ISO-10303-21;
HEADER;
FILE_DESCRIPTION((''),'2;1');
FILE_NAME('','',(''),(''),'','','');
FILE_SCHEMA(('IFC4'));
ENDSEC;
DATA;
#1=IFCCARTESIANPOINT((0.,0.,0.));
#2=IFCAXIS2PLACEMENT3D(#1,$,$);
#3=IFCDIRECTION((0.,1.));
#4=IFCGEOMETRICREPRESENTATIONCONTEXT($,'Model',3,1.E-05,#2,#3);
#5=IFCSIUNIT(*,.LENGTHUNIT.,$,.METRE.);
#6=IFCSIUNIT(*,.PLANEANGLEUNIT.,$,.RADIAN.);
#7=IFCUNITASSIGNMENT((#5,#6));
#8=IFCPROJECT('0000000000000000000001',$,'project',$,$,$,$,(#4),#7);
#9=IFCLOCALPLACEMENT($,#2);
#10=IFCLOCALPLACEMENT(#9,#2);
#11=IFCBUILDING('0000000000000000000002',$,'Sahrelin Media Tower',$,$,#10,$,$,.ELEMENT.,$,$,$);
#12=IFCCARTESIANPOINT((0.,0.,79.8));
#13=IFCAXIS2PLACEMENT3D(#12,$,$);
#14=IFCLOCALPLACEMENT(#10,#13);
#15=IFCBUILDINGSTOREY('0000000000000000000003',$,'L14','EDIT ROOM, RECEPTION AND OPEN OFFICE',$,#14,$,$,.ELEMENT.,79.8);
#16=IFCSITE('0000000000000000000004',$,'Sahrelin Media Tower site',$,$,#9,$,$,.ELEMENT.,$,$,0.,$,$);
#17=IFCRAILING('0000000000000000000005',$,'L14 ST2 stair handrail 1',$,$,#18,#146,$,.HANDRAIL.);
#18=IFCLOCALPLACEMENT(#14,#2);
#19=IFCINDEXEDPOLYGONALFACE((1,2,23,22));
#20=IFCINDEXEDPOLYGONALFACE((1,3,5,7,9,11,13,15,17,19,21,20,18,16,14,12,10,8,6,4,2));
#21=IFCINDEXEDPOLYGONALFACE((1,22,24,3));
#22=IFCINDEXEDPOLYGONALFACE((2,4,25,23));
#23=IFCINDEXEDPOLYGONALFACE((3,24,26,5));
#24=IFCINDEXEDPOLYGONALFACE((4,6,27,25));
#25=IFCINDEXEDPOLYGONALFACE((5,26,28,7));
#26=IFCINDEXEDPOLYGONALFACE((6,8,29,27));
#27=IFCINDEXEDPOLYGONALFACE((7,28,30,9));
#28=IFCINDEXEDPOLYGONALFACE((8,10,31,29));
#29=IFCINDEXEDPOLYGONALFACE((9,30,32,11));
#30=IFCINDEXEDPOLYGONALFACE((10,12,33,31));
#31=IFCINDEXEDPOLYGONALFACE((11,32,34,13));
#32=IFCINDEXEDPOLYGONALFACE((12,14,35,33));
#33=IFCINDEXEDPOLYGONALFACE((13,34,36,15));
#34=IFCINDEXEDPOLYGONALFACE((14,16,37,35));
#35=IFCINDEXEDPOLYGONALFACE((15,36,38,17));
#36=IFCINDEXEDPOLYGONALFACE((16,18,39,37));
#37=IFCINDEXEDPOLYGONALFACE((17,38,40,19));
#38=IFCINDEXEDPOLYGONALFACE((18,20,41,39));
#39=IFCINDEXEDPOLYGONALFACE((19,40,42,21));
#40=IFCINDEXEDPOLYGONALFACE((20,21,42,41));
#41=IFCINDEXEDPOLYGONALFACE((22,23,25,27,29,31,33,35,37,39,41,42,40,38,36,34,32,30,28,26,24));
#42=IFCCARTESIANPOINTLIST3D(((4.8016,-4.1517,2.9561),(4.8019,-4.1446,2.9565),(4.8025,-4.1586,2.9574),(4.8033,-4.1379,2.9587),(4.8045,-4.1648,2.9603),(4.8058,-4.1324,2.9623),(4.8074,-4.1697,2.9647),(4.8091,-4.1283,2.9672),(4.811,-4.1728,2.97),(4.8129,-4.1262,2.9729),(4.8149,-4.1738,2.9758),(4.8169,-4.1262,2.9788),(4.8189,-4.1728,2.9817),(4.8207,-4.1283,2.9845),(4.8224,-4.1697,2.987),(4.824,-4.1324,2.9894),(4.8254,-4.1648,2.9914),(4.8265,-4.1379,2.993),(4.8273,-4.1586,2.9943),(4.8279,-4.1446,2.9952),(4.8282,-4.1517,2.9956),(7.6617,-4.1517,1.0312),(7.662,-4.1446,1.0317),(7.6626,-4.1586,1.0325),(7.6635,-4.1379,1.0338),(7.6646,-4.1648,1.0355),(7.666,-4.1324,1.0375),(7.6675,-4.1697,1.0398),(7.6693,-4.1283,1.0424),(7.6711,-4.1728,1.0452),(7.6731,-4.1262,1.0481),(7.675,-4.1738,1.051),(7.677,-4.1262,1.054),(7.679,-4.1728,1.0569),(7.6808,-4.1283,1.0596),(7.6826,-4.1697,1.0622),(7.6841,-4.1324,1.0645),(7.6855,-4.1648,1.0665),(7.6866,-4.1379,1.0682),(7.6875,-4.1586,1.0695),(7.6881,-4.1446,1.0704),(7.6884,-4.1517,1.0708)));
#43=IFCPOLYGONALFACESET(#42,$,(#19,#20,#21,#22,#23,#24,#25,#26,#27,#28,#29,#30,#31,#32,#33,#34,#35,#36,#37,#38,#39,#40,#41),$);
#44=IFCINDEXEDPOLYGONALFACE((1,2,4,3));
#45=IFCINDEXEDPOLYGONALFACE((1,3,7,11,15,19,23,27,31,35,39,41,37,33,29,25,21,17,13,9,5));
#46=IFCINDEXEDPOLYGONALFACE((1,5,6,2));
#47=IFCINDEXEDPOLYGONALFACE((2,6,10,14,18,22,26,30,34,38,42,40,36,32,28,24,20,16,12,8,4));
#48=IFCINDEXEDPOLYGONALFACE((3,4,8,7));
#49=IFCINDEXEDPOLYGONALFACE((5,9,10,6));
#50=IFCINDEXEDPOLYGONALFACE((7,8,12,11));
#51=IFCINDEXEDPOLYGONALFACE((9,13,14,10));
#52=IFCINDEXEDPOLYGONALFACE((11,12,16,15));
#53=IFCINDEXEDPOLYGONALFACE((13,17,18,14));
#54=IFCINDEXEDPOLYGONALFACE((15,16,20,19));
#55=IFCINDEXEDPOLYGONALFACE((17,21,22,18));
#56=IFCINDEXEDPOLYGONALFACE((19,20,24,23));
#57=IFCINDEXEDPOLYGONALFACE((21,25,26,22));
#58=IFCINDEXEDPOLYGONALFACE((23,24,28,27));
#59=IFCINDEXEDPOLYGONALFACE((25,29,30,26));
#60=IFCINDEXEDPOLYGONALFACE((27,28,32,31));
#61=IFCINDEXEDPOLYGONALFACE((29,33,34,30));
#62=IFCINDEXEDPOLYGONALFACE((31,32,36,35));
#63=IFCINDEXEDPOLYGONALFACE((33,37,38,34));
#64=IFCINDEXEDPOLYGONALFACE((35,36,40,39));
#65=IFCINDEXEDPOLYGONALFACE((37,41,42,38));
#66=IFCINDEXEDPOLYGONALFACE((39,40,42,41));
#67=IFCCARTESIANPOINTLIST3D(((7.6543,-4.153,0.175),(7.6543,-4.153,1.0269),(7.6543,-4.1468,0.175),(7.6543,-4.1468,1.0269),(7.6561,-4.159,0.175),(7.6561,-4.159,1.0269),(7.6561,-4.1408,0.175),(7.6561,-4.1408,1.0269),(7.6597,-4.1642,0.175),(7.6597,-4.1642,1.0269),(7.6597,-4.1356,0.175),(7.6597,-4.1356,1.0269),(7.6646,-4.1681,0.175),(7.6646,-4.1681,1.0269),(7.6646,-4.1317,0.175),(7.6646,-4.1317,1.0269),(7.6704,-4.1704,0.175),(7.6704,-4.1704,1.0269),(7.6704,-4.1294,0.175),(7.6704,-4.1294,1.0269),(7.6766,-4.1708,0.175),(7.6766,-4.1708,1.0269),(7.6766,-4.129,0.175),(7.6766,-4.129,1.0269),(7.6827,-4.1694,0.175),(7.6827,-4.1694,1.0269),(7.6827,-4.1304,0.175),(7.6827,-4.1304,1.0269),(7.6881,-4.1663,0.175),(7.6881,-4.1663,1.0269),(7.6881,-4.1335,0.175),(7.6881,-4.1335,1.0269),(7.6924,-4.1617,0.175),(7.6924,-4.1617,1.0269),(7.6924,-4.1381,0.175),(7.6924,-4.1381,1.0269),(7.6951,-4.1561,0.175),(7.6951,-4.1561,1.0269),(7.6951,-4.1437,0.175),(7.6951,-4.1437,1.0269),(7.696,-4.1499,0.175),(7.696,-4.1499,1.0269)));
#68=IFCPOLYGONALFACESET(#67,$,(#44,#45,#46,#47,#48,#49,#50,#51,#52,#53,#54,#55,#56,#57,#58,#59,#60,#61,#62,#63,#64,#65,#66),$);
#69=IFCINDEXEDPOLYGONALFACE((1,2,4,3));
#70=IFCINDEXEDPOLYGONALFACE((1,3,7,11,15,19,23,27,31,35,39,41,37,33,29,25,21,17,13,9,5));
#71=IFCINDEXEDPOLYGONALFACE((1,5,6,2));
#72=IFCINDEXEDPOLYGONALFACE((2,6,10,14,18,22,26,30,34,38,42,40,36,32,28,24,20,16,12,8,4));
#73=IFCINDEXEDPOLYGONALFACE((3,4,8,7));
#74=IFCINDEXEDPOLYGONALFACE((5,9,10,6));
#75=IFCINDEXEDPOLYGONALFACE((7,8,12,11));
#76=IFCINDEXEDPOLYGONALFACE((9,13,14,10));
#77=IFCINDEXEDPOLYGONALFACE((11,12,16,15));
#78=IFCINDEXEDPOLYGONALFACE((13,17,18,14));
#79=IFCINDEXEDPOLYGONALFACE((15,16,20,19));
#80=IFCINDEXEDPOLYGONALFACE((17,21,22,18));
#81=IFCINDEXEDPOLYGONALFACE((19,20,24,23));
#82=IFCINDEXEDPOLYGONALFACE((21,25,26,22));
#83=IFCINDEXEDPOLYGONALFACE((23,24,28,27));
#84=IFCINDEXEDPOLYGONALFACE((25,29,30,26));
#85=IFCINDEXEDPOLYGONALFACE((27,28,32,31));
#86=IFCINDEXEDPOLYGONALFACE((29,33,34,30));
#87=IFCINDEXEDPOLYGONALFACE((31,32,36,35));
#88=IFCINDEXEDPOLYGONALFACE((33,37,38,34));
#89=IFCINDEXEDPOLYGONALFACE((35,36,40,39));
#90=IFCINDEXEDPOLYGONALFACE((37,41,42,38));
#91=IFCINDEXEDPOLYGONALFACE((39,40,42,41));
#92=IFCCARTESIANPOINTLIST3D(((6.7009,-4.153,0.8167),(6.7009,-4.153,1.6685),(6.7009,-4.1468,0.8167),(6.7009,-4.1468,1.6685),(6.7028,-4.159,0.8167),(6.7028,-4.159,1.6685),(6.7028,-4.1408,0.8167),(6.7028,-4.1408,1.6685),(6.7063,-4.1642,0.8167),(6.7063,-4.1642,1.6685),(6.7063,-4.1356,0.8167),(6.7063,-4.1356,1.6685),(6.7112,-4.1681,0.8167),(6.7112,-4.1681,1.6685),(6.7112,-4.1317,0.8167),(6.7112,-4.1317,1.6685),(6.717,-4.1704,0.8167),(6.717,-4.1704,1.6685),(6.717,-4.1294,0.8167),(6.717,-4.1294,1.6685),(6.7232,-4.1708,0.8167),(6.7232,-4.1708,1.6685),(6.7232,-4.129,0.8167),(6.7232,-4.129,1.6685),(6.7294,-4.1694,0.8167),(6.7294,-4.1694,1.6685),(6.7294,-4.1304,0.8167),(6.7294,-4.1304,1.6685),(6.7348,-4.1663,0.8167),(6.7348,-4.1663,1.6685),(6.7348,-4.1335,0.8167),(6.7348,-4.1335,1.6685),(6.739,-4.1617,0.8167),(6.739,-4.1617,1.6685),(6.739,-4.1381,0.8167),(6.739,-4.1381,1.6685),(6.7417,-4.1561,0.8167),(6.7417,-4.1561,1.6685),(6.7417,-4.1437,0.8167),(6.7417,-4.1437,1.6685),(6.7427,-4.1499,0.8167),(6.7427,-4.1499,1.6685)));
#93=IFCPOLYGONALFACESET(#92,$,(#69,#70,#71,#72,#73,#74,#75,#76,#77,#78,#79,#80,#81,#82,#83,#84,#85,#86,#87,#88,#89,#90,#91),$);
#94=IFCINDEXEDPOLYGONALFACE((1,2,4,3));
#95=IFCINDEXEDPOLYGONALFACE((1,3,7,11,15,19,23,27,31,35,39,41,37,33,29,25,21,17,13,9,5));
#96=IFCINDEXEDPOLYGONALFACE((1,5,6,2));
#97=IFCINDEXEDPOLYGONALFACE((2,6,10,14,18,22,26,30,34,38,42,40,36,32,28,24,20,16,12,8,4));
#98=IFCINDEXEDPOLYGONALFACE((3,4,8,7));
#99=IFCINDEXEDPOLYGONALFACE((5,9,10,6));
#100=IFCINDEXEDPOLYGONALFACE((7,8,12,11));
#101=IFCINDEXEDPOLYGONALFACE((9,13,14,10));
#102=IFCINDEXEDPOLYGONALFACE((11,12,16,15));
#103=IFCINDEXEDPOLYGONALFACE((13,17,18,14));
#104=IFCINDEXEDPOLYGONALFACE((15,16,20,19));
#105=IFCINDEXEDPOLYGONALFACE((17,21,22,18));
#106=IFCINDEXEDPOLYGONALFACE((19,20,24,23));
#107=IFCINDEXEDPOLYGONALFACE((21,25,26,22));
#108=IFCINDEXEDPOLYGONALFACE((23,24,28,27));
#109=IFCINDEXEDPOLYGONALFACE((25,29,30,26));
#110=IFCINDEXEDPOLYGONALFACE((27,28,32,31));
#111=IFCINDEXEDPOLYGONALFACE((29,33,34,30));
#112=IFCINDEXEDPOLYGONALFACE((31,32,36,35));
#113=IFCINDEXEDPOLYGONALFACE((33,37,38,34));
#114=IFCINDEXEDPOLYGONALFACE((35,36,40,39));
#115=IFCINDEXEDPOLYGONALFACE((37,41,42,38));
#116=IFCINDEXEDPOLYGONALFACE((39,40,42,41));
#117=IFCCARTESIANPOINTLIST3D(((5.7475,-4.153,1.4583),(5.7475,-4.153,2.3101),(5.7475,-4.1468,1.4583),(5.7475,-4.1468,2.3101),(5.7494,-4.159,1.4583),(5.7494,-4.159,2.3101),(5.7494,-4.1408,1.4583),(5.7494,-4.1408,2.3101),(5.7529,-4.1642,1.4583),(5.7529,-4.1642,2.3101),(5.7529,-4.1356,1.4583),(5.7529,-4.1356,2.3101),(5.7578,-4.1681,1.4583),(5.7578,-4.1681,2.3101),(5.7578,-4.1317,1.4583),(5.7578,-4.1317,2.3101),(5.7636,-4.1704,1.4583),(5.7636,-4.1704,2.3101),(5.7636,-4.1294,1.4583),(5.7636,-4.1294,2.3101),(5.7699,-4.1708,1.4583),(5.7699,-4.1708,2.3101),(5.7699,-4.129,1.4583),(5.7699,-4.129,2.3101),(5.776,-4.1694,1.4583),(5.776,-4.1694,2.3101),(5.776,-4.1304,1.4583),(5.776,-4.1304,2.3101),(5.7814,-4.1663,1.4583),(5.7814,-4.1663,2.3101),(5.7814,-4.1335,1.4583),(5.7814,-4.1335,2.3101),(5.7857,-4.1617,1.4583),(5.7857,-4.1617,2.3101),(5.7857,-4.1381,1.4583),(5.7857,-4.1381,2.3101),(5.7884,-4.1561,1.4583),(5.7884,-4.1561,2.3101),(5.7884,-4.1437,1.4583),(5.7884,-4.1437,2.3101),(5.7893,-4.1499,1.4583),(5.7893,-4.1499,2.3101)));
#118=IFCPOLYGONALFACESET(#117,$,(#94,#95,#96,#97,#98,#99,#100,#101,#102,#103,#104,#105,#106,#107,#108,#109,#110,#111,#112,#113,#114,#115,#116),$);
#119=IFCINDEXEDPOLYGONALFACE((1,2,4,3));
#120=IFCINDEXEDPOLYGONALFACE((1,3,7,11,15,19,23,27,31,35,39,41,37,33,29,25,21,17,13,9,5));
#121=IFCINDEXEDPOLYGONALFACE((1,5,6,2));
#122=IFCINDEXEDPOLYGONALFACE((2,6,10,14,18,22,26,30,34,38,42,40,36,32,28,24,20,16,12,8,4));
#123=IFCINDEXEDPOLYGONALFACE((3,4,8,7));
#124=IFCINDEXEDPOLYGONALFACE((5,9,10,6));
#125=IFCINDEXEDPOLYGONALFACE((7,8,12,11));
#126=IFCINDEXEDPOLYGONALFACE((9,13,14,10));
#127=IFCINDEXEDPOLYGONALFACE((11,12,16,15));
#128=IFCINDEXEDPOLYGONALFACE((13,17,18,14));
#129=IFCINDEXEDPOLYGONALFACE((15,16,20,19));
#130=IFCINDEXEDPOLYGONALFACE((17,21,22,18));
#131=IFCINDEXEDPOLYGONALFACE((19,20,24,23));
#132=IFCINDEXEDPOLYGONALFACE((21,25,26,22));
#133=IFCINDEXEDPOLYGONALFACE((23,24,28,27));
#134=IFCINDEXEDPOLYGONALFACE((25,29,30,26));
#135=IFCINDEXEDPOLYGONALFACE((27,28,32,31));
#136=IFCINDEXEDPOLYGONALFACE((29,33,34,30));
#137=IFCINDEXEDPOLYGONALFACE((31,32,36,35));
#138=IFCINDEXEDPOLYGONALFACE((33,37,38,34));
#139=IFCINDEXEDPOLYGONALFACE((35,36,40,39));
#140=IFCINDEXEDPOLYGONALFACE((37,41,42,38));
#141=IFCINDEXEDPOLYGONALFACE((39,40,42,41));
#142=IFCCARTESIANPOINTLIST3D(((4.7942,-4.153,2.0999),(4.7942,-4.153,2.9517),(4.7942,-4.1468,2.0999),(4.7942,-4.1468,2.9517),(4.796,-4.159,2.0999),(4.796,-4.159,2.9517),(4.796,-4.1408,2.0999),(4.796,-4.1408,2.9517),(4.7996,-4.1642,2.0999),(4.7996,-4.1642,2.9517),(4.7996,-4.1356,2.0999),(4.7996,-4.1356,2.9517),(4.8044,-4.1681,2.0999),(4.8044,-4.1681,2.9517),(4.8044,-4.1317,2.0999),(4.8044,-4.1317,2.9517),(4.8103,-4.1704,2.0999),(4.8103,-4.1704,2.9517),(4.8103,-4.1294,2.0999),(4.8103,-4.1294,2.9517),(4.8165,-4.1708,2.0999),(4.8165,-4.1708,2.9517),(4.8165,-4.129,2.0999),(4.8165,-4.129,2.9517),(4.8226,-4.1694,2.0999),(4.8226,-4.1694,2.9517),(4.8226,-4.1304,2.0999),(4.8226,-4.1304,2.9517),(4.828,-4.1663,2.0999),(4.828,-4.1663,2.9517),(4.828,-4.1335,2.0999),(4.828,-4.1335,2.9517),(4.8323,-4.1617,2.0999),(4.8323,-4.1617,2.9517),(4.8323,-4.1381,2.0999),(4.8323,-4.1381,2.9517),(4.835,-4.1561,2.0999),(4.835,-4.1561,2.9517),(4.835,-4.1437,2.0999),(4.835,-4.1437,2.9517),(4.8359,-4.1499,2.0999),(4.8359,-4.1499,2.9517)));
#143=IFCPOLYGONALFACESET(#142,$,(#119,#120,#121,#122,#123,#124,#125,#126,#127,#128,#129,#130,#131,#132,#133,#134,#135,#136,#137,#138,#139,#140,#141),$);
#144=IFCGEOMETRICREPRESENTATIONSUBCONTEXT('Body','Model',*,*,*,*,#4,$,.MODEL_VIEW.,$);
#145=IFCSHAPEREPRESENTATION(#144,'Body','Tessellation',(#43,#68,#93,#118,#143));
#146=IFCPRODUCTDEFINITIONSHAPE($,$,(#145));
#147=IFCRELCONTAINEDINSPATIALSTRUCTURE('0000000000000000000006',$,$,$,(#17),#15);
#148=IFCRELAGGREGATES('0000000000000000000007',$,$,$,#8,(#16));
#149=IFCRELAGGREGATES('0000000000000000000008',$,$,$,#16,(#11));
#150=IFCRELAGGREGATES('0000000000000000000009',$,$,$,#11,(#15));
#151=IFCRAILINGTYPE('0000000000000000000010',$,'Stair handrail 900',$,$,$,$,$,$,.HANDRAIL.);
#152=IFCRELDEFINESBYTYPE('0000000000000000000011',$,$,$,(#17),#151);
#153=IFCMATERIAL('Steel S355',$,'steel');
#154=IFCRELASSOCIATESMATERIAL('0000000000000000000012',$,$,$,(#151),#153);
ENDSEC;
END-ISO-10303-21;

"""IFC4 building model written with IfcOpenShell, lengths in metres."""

from ifc_helpers import new_model, si_unit, direction, frame, origin, origin_2d, place, context, subcontext, project, spatial, circle, extrude, material, type_object, element, save


model = new_model("IFC4")

# Units and contexts
model_context = context("Model", 3, precision=1e-05, world=origin(), true_north=direction((0.0, 1.0)))
body_context = subcontext(model_context, "Body", "Model", "MODEL_VIEW")
ifc_project = project(units=[si_unit("LENGTHUNIT", "METRE"), si_unit("PLANEANGLEUNIT", "RADIAN")], contexts=[model_context])

# Site, building, storey
site_placement = place(None, origin())
site = spatial("IfcSite", under=ifc_project, at=site_placement, Name="Sahrelin Media Tower site", CompositionType="ELEMENT", RefElevation=0.0)
building_placement = place(site_placement, origin())
building = spatial("IfcBuilding", under=site, at=building_placement, Name="Sahrelin Media Tower", CompositionType="ELEMENT")
storey_placement = place(building_placement, frame((0.0, 0.0, 79.8)))
storey = spatial("IfcBuildingStorey", under=building, at=storey_placement, Name="L14", Description="EDIT ROOM, RECEPTION AND OPEN OFFICE", CompositionType="ELEMENT", Elevation=79.8)

# Railing
ifc_material_1 = material(Name="Steel S355", Category="steel")
railing_type_1 = type_object("IfcRailingType", Name="Stair handrail 900", PredefinedType="HANDRAIL", material=ifc_material_1)
railing_1_placement = place(storey_placement, frame((7.675, -4.1499, 0.175)))
element("IfcRailing", 1, at=railing_1_placement, inside=storey, type_object=railing_type_1, Name="L14 ST2 stair handrail 1", PredefinedType="HANDRAIL", context=body_context, shape_type="SweptSolid", body=[
    extrude(circle(Radius=0.0239, at=origin_2d()), frame((0.0, 0.0, 0.876), z_axis=(-0.829624, 0.0, 0.558323), x_axis=(0.0, -1.0, 0.0)), (0.0, 0.0, 1.0), 3.4475),
    extrude(circle(Radius=0.021, at=origin_2d()), origin(), (0.0, 0.0, 1.0), 0.8518),
    extrude(circle(Radius=0.021, at=origin_2d()), frame((-0.9534, 0.0, 0.6416)), (0.0, 0.0, 1.0), 0.8518),
    extrude(circle(Radius=0.021, at=origin_2d()), frame((-1.9067, 0.0, 1.2832)), (0.0, 0.0, 1.0), 0.8518),
    extrude(circle(Radius=0.021, at=origin_2d()), frame((-2.8601, 0.0, 1.9248)), (0.0, 0.0, 1.0), 0.8518),
])

save(model, "model.ifc")
